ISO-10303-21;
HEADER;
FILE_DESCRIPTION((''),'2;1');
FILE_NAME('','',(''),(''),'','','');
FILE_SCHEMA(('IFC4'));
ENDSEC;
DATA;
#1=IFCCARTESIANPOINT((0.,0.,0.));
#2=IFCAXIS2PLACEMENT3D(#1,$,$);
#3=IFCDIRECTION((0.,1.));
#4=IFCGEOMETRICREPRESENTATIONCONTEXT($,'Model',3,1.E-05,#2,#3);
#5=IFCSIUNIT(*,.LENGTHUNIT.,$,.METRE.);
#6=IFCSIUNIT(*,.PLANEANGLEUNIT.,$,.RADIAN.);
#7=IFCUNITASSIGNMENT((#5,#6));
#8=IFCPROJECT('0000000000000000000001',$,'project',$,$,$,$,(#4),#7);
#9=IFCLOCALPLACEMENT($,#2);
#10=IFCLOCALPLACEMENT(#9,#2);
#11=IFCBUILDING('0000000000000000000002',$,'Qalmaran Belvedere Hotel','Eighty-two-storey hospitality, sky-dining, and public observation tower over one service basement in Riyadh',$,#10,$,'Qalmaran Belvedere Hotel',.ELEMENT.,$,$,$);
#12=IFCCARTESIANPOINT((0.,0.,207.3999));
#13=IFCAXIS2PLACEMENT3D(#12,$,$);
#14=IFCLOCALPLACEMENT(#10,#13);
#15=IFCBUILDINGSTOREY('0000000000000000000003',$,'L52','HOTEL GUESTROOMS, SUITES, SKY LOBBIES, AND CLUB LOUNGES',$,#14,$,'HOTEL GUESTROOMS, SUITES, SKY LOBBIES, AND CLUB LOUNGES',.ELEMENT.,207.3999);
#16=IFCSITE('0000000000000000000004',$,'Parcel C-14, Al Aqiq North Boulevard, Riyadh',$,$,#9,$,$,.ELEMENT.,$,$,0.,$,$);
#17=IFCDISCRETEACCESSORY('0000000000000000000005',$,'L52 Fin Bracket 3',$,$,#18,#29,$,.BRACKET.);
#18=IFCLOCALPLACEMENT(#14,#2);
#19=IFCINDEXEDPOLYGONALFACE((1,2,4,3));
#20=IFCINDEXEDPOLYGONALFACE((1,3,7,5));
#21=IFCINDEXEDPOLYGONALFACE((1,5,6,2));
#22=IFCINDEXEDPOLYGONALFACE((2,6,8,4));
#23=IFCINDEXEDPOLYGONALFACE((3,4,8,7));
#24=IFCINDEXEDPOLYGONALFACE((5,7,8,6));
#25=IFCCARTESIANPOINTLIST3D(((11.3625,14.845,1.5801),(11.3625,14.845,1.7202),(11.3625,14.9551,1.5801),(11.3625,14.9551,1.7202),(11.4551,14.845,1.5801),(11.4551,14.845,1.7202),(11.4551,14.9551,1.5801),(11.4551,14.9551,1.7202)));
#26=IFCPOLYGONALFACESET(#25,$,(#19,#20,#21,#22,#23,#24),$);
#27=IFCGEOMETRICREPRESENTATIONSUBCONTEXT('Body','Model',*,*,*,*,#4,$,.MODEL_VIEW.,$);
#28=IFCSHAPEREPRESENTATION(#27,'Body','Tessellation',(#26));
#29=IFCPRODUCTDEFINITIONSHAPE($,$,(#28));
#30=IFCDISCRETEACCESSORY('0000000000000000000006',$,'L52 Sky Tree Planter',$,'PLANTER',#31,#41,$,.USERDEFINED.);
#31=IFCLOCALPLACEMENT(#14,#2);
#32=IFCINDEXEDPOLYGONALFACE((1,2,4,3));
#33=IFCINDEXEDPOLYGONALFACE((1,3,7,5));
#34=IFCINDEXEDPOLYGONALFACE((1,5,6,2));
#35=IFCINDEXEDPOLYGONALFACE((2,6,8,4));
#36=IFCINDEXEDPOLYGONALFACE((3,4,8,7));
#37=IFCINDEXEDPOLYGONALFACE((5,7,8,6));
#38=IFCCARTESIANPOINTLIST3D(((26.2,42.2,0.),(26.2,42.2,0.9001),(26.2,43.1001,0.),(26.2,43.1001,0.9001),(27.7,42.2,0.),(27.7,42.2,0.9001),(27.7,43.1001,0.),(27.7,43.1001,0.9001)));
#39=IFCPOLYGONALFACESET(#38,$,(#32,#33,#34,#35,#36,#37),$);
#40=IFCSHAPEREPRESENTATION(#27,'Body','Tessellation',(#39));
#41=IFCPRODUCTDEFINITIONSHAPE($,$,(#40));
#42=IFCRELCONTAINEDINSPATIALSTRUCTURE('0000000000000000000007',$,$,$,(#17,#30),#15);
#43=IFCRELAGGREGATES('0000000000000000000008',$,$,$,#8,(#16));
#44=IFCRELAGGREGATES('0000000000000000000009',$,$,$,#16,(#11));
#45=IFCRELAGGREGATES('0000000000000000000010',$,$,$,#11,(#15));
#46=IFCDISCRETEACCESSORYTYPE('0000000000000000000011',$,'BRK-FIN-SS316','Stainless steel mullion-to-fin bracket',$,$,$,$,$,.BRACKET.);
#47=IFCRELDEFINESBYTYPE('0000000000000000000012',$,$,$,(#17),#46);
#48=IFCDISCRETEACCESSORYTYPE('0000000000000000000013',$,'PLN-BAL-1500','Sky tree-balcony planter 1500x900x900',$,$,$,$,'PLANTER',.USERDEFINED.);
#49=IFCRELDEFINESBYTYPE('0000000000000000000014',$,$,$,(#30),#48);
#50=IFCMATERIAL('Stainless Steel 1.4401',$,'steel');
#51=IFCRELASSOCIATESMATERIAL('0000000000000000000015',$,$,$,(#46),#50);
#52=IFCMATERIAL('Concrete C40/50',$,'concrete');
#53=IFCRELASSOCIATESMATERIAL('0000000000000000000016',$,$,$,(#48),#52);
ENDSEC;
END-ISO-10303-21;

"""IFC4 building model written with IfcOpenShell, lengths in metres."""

from ifc_helpers import new_model, si_unit, direction, frame, origin, place, context, subcontext, project, spatial, polyline, outline, extrude, material, type_object, element, save


model = new_model("IFC4")

# Units and contexts
model_context = context("Model", 3, precision=1e-05, world=origin(), true_north=direction((0.0, 1.0)))
body_context = subcontext(model_context, "Body", "Model", "MODEL_VIEW")
ifc_project = project(units=[si_unit("LENGTHUNIT", "METRE"), si_unit("PLANEANGLEUNIT", "RADIAN")], contexts=[model_context])

# Site, building, storey
site_placement = place(None, origin())
site = spatial("IfcSite", under=ifc_project, at=site_placement, Name="Parcel C-14, Al Aqiq North Boulevard, Riyadh", CompositionType="ELEMENT", RefElevation=0.0)
building_placement = place(site_placement, origin())
building = spatial("IfcBuilding", under=site, at=building_placement, Name="Qalmaran Belvedere Hotel", Description="Eighty-two-storey hospitality, sky-dining, and public observation tower over one service basement in Riyadh", LongName="Qalmaran Belvedere Hotel", CompositionType="ELEMENT")
storey_placement = place(building_placement, frame((0.0, 0.0, 207.3999)))
storey = spatial("IfcBuildingStorey", under=building, at=storey_placement, Name="L52", Description="HOTEL GUESTROOMS, SUITES, SKY LOBBIES, AND CLUB LOUNGES", LongName="HOTEL GUESTROOMS, SUITES, SKY LOBBIES, AND CLUB LOUNGES", CompositionType="ELEMENT", Elevation=207.3999)

# Shared definitions
ifc_material_1 = material(Name="Concrete C40/50", Category="concrete")

# Discrete accessories
ifc_material_2 = material(Name="Stainless Steel 1.4401", Category="steel")
discrete_accessory_type_1 = type_object("IfcDiscreteAccessoryType", Name="BRK-FIN-SS316", Description="Stainless steel mullion-to-fin bracket", PredefinedType="BRACKET", material=ifc_material_2)
discrete_accessory_1_placement = place(storey_placement, frame((0.0, 0.0, 1.5801)))
element("IfcDiscreteAccessory", 1, at=discrete_accessory_1_placement, inside=storey, type_object=discrete_accessory_type_1, Name="L52 Fin Bracket 3", PredefinedType="BRACKET", context=body_context, shape_type="SweptSolid", body=[
    extrude(outline(polyline([(11.4551, 14.9551), (11.3625, 14.9551), (11.3625, 14.845), (11.4551, 14.845), (11.4551, 14.9551)])), origin(), (0.0, 0.0, 1.0), 0.1401),
])
discrete_accessory_type_2 = type_object("IfcDiscreteAccessoryType", Name="PLN-BAL-1500", Description="Sky tree-balcony planter 1500x900x900", ElementType="PLANTER", PredefinedType="USERDEFINED", material=ifc_material_1)
discrete_accessory_2_placement = place(storey_placement, origin())
element("IfcDiscreteAccessory", 2, at=discrete_accessory_2_placement, inside=storey, type_object=discrete_accessory_type_2, Name="L52 Sky Tree Planter", ObjectType="PLANTER", PredefinedType="USERDEFINED", context=body_context, shape_type="SweptSolid", body=[
    extrude(outline(polyline([(26.2, 42.2), (27.7, 42.2), (27.7, 43.1001), (26.2, 43.1001), (26.2, 42.2)])), origin(), (0.0, 0.0, 1.0), 0.9001),
])

save(model, "model.ifc")
